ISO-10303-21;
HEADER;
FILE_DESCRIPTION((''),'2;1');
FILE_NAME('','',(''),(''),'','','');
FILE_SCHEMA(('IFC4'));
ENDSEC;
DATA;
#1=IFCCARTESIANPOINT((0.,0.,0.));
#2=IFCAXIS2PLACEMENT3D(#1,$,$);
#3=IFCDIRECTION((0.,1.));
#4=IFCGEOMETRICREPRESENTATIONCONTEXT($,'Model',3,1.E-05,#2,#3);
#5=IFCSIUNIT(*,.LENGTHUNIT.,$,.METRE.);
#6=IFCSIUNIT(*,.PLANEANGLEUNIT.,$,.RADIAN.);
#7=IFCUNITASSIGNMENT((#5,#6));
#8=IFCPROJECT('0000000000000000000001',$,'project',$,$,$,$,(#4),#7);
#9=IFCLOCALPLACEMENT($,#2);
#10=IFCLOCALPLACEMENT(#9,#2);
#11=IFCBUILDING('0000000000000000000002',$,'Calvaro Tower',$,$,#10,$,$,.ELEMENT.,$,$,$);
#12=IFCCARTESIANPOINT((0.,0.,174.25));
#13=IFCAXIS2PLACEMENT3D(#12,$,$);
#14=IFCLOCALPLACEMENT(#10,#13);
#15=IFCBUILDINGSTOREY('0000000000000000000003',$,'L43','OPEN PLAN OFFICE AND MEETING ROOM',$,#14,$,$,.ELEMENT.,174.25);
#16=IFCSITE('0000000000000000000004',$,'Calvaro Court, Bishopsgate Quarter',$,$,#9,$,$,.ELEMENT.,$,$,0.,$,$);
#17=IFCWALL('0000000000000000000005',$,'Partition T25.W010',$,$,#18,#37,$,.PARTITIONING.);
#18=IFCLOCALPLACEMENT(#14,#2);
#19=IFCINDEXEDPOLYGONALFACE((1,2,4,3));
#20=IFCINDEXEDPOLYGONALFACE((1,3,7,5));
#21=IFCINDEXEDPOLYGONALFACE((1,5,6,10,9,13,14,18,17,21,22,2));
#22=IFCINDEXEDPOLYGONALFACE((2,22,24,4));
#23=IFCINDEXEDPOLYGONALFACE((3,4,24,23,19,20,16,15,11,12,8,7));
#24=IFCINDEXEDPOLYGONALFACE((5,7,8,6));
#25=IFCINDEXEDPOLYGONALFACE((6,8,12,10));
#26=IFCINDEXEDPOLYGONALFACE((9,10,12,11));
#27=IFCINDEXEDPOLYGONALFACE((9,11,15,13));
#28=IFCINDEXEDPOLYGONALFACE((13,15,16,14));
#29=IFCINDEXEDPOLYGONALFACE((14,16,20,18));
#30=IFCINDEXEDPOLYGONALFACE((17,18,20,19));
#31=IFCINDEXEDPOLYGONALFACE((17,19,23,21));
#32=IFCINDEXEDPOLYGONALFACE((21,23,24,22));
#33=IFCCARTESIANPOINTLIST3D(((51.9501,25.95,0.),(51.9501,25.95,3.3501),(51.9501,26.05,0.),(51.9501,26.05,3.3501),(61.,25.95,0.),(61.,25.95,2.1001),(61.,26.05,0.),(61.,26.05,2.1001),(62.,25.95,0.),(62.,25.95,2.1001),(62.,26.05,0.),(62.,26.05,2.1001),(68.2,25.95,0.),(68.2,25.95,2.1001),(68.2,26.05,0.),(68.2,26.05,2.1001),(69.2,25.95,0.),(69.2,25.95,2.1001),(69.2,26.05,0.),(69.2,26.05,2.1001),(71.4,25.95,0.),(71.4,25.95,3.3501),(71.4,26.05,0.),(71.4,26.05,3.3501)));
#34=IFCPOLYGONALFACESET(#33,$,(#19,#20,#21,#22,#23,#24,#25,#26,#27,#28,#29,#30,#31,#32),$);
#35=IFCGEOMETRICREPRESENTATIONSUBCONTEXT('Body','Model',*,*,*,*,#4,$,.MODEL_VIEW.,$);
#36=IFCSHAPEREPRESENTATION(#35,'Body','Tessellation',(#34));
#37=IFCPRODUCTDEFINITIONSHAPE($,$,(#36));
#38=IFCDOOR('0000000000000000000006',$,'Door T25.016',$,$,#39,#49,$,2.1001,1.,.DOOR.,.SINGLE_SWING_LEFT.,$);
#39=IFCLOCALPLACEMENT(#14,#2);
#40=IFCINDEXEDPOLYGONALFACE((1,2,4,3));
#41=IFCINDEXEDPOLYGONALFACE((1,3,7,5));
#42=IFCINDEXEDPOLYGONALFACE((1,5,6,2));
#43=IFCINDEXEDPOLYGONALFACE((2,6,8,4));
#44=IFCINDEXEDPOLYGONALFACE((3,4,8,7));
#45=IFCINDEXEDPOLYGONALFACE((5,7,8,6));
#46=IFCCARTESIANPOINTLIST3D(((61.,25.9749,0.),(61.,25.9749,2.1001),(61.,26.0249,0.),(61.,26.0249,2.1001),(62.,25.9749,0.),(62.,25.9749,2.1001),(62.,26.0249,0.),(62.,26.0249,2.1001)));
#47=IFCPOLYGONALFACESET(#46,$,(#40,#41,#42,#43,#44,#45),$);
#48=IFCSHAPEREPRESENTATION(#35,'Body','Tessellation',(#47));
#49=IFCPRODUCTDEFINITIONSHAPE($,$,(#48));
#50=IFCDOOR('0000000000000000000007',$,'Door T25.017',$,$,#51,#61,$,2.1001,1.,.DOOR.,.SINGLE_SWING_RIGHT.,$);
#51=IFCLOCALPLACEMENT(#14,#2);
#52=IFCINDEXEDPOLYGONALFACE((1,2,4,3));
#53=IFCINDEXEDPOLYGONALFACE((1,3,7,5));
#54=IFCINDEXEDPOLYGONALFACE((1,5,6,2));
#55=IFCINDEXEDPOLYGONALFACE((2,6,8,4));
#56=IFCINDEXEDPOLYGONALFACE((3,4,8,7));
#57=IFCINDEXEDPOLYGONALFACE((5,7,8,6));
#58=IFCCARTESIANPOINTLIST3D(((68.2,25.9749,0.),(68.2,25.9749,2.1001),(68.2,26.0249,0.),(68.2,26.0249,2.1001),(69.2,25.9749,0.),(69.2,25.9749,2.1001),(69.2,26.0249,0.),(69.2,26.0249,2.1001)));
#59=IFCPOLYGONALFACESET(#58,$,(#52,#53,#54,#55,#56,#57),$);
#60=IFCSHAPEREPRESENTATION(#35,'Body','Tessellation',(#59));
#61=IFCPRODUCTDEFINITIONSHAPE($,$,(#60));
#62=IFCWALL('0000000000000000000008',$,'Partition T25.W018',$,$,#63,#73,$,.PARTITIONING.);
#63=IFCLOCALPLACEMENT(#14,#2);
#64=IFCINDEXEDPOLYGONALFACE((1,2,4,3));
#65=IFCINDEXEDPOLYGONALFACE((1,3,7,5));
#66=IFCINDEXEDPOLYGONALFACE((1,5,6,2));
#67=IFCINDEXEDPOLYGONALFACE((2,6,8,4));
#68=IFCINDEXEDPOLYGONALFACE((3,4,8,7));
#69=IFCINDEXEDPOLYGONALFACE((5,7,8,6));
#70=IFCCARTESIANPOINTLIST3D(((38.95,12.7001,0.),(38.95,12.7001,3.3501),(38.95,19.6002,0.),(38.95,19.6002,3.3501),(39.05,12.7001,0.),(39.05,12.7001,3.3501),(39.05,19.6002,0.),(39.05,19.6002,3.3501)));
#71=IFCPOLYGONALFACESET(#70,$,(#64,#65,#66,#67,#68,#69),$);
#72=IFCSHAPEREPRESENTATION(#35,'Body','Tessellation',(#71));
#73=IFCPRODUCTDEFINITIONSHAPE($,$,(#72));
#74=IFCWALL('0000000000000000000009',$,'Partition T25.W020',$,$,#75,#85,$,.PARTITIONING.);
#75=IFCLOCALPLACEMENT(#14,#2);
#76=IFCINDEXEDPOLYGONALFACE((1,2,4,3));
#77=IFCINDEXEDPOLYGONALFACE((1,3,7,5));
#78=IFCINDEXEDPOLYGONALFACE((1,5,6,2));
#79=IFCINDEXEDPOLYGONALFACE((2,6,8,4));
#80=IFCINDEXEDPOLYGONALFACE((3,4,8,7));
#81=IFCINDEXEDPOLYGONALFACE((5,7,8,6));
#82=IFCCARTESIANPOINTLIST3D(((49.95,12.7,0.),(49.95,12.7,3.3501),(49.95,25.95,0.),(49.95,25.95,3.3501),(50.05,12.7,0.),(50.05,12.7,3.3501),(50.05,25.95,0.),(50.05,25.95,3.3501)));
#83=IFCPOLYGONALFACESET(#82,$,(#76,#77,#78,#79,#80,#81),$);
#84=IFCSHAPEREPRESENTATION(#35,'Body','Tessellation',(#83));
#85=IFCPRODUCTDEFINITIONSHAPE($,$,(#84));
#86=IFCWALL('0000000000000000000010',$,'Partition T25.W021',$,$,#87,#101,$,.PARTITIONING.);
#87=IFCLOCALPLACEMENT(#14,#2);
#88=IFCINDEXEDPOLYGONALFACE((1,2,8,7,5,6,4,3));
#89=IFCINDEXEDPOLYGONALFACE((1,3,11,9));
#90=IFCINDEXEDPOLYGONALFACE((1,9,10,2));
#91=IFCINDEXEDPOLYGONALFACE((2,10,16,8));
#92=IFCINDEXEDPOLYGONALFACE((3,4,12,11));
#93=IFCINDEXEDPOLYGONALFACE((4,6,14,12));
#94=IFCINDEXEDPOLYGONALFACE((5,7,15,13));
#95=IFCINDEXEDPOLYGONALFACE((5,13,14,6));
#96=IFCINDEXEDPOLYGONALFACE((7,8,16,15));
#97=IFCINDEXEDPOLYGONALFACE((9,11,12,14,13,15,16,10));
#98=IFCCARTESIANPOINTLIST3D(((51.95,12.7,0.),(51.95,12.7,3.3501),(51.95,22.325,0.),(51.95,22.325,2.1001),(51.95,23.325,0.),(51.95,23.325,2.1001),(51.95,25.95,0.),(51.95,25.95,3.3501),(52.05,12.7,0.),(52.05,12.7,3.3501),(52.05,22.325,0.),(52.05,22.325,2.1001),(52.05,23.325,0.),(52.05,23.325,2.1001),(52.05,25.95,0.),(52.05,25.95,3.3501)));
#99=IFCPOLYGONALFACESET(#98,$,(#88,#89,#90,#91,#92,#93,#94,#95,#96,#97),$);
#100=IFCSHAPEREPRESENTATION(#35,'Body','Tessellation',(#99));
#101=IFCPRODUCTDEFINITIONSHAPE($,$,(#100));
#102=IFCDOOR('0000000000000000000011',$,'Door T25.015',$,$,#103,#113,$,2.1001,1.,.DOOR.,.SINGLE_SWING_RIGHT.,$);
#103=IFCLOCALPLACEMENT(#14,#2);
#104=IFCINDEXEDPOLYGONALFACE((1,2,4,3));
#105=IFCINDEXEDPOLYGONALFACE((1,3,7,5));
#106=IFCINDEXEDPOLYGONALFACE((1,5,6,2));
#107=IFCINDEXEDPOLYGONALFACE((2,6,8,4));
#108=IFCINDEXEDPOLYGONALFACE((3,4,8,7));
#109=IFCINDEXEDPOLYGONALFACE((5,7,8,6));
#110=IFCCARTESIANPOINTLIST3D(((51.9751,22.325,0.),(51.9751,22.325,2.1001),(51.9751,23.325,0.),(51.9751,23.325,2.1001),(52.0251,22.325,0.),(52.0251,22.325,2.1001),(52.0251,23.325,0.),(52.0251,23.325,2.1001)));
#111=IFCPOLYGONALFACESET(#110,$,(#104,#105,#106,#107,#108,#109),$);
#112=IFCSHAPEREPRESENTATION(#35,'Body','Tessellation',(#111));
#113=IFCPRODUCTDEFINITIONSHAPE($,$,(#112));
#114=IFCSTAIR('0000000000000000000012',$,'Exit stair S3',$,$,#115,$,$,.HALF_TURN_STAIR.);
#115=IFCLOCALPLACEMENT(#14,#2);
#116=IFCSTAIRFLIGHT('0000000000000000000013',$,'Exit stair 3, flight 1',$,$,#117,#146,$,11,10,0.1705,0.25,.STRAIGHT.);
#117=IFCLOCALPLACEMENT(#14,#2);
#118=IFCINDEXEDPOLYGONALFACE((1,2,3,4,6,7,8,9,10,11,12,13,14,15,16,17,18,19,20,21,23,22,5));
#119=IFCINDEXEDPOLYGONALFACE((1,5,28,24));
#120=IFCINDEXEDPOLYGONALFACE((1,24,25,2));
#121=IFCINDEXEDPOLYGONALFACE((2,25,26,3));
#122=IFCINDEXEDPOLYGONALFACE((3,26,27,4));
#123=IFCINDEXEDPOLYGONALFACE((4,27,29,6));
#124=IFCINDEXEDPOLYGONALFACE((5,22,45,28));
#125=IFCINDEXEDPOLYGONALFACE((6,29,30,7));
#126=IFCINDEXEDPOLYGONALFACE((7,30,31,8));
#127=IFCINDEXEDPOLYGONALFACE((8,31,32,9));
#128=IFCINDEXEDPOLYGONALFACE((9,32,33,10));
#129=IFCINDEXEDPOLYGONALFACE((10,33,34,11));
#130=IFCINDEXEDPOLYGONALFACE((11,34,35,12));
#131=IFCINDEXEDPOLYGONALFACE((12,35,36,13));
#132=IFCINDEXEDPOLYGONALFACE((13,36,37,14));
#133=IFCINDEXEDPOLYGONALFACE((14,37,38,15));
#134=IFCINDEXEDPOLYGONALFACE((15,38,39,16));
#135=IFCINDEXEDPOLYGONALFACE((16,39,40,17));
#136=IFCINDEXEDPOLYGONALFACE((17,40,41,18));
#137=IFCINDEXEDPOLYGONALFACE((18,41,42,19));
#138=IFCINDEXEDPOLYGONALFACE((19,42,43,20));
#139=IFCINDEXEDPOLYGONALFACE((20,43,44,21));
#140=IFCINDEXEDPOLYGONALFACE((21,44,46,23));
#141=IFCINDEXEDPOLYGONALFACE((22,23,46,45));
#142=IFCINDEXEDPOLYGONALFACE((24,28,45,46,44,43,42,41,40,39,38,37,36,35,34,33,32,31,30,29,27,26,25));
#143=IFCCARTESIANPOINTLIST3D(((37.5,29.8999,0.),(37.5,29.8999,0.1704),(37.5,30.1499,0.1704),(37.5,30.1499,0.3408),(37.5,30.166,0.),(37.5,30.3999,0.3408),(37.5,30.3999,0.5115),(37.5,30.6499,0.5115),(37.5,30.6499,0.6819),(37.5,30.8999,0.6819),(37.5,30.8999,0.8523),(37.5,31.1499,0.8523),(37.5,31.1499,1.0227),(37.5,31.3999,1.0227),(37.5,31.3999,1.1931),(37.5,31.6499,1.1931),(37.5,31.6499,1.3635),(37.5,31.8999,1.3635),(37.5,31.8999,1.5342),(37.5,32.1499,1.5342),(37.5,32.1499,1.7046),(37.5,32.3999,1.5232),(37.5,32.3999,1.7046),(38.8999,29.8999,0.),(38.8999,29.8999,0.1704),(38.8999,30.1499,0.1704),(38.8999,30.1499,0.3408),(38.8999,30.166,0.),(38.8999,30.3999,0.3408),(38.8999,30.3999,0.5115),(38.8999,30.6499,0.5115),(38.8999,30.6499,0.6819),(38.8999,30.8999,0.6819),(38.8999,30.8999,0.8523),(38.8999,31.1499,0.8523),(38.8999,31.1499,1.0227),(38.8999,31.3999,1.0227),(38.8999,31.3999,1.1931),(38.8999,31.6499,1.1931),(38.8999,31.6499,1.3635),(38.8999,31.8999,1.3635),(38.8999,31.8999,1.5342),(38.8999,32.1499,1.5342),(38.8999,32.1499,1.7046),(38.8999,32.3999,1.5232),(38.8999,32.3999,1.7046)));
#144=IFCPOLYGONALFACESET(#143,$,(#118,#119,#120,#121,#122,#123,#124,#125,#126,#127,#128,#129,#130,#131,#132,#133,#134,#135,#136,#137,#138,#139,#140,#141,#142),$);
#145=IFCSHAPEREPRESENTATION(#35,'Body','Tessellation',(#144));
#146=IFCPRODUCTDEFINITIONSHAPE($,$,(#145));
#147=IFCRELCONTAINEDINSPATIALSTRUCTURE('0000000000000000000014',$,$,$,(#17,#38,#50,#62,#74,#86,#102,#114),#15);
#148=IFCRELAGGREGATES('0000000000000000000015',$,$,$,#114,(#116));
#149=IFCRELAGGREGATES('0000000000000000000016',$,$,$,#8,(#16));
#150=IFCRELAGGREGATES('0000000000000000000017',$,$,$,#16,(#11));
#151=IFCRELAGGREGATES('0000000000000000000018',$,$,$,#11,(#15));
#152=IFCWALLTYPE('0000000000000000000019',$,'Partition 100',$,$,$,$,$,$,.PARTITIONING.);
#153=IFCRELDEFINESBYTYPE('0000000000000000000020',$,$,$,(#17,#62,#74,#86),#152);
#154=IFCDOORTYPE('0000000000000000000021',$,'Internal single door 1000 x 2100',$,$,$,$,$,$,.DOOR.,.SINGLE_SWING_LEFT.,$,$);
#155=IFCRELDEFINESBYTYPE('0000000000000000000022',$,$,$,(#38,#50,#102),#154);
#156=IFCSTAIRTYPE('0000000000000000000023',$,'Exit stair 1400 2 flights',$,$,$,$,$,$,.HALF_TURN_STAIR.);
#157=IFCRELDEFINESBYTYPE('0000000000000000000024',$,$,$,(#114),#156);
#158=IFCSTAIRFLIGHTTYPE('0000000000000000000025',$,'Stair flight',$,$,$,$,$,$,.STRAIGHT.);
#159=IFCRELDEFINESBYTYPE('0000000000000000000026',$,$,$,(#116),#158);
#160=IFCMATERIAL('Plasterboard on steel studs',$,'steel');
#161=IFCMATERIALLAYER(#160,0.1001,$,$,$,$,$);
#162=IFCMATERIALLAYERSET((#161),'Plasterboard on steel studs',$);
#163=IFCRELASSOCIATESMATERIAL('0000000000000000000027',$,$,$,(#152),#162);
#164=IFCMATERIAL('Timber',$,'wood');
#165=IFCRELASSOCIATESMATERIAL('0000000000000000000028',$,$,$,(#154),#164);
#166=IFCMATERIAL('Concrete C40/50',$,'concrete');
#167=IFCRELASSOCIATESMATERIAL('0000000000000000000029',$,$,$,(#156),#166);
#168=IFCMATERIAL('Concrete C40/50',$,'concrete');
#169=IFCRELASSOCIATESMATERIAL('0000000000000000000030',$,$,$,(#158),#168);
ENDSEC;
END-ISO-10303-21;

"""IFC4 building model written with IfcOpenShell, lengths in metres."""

from ifc_helpers import new_model, si_unit, direction, frame, frame_2d, origin, place, context, subcontext, project, spatial, polyline, rectangle, outline, extrude, material, layer, layer_set, type_object, element, fill, aggregate, save


model = new_model("IFC4")

# Units and contexts
model_context = context("Model", 3, precision=1e-05, world=origin(), true_north=direction((0.0, 1.0)))
body_context = subcontext(model_context, "Body", "Model", "MODEL_VIEW")
ifc_project = project(units=[si_unit("LENGTHUNIT", "METRE"), si_unit("PLANEANGLEUNIT", "RADIAN")], contexts=[model_context])

# Site, building, storey
site_placement = place(None, origin())
site = spatial("IfcSite", under=ifc_project, at=site_placement, Name="Calvaro Court, Bishopsgate Quarter", CompositionType="ELEMENT", RefElevation=0.0)
building_placement = place(site_placement, origin())
building = spatial("IfcBuilding", under=site, at=building_placement, Name="Calvaro Tower", CompositionType="ELEMENT")
storey_placement = place(building_placement, frame((0.0, 0.0, 174.25)))
storey = spatial("IfcBuildingStorey", under=building, at=storey_placement, Name="L43", Description="OPEN PLAN OFFICE AND MEETING ROOM", CompositionType="ELEMENT", Elevation=174.25)

# Shared definitions
ifc_material_1 = material(Name="Plasterboard on steel studs", Category="steel")
ifc_layer_1 = layer(ifc_material_1, 0.1001)
ifc_layer_set_1 = layer_set([ifc_layer_1], Name="Plasterboard on steel studs")
wall_type_1 = type_object("IfcWallType", Name="Partition 100", PredefinedType="PARTITIONING", material=ifc_layer_set_1)

# Wall, openings, doors
wall_1_placement = place(storey_placement, frame((51.95, 26.0, 0.0), z_axis=(0.0, 0.0, 1.0), x_axis=(1.0, 0.0, 0.0)))
wall_1 = element("IfcWall", 1, at=wall_1_placement, inside=storey, type_object=wall_type_1, Name="Partition T25.W010", PredefinedType="PARTITIONING", context=body_context, shape_type="SweptSolid", body=[
    extrude(rectangle(XDim=19.45, YDim=0.1001, at=frame_2d((9.7251, 0.0))), origin(), (0.0, 0.0, 1.0), 3.3501),
])
opening_1_placement = place(wall_1_placement, frame((9.05, 0.0, 0.0)))
opening_1 = element("IfcOpeningElement", 2, at=opening_1_placement, cuts=wall_1, PredefinedType="OPENING", context=body_context, shape_type="SweptSolid", body=[
    extrude(rectangle(XDim=1.0, YDim=2.1001, at=frame_2d((0.5, 1.05))), frame((0.0, 0.0601, 0.0), z_axis=(0.0, -1.0, 0.0), x_axis=(1.0, 0.0, 0.0)), (0.0, 0.0, 1.0), 0.1201),
])
opening_2_placement = place(wall_1_placement, frame((16.25, 0.0, 0.0)))
opening_2 = element("IfcOpeningElement", 3, at=opening_2_placement, cuts=wall_1, PredefinedType="OPENING", context=body_context, shape_type="SweptSolid", body=[
    extrude(rectangle(XDim=1.0, YDim=2.1001, at=frame_2d((0.5, 1.05))), frame((0.0, 0.0601, 0.0), z_axis=(0.0, -1.0, 0.0), x_axis=(1.0, 0.0, 0.0)), (0.0, 0.0, 1.0), 0.1201),
])
ifc_material_2 = material(Name="Timber", Category="wood")
door_type_1 = type_object("IfcDoorType", Name="Internal single door 1000 x 2100", OperationType="SINGLE_SWING_LEFT", PredefinedType="DOOR", material=ifc_material_2)
door_1_placement = place(opening_1_placement, origin())
door_1 = element("IfcDoor", 4, at=door_1_placement, inside=storey, type_object=door_type_1, Name="Door T25.016", OperationType="SINGLE_SWING_LEFT", OverallHeight=2.1001, OverallWidth=1.0, PredefinedType="DOOR", context=body_context, shape_type="SweptSolid", body=[
    extrude(rectangle(XDim=1.0, YDim=2.1001, at=frame_2d((0.5, 1.05))), frame((0.0, 0.0249, 0.0), z_axis=(0.0, -1.0, 0.0), x_axis=(1.0, 0.0, 0.0)), (0.0, 0.0, 1.0), 0.05),
])
fill(opening_1, door_1)
door_2_placement = place(opening_2_placement, origin())
door_2 = element("IfcDoor", 5, at=door_2_placement, inside=storey, type_object=door_type_1, Name="Door T25.017", OperationType="SINGLE_SWING_RIGHT", OverallHeight=2.1001, OverallWidth=1.0, PredefinedType="DOOR", context=body_context, shape_type="SweptSolid", body=[
    extrude(rectangle(XDim=1.0, YDim=2.1001, at=frame_2d((0.5, 1.05))), frame((0.0, 0.0249, 0.0), z_axis=(0.0, -1.0, 0.0), x_axis=(1.0, 0.0, 0.0)), (0.0, 0.0, 1.0), 0.05),
])
fill(opening_2, door_2)

# Walls
wall_2_placement = place(storey_placement, frame((39.0, 12.7, 0.0), z_axis=(0.0, 0.0, 1.0), x_axis=(0.0, 1.0, 0.0)))
element("IfcWall", 6, at=wall_2_placement, inside=storey, type_object=wall_type_1, Name="Partition T25.W018", PredefinedType="PARTITIONING", context=body_context, shape_type="SweptSolid", body=[
    extrude(rectangle(XDim=6.9001, YDim=0.1001, at=frame_2d((3.4502, 0.0))), origin(), (0.0, 0.0, 1.0), 3.3501),
])
wall_3_placement = place(storey_placement, frame((50.0, 12.7, 0.0), z_axis=(0.0, 0.0, 1.0), x_axis=(0.0, 1.0, 0.0)))
element("IfcWall", 7, at=wall_3_placement, inside=storey, type_object=wall_type_1, Name="Partition T25.W020", PredefinedType="PARTITIONING", context=body_context, shape_type="SweptSolid", body=[
    extrude(rectangle(XDim=13.25, YDim=0.1001, at=frame_2d((6.625, 0.0))), origin(), (0.0, 0.0, 1.0), 3.3501),
])

# Wall, opening, door
wall_4_placement = place(storey_placement, frame((52.0, 12.7, 0.0), z_axis=(0.0, 0.0, 1.0), x_axis=(0.0, 1.0, 0.0)))
wall_4 = element("IfcWall", 8, at=wall_4_placement, inside=storey, type_object=wall_type_1, Name="Partition T25.W021", PredefinedType="PARTITIONING", context=body_context, shape_type="SweptSolid", body=[
    extrude(rectangle(XDim=13.25, YDim=0.1001, at=frame_2d((6.625, 0.0))), origin(), (0.0, 0.0, 1.0), 3.3501),
])
opening_3_placement = place(wall_4_placement, frame((9.625, 0.0, 0.0)))
opening_3 = element("IfcOpeningElement", 9, at=opening_3_placement, cuts=wall_4, PredefinedType="OPENING", context=body_context, shape_type="SweptSolid", body=[
    extrude(rectangle(XDim=1.0, YDim=2.1001, at=frame_2d((0.5, 1.05))), frame((0.0, 0.0601, 0.0), z_axis=(0.0, -1.0, 0.0), x_axis=(1.0, 0.0, 0.0)), (0.0, 0.0, 1.0), 0.1201),
])
door_3_placement = place(opening_3_placement, origin())
door_3 = element("IfcDoor", 10, at=door_3_placement, inside=storey, type_object=door_type_1, Name="Door T25.015", OperationType="SINGLE_SWING_RIGHT", OverallHeight=2.1001, OverallWidth=1.0, PredefinedType="DOOR", context=body_context, shape_type="SweptSolid", body=[
    extrude(rectangle(XDim=1.0, YDim=2.1001, at=frame_2d((0.5, 1.05))), frame((0.0, 0.0249, 0.0), z_axis=(0.0, -1.0, 0.0), x_axis=(1.0, 0.0, 0.0)), (0.0, 0.0, 1.0), 0.05),
])
fill(opening_3, door_3)

# Stair, stair flight
ifc_material_3 = material(Name="Concrete C40/50", Category="concrete")
stair_type = type_object("IfcStairType", Name="Exit stair 1400 2 flights", PredefinedType="HALF_TURN_STAIR", material=ifc_material_3)
stair_placement = place(storey_placement, origin())
stair = element("IfcStair", 11, at=stair_placement, inside=storey, type_object=stair_type, Name="Exit stair S3", PredefinedType="HALF_TURN_STAIR")
ifc_material_4 = material(Name="Concrete C40/50", Category="concrete")
stair_flight_type = type_object("IfcStairFlightType", Name="Stair flight", PredefinedType="STRAIGHT", material=ifc_material_4)
stair_flight_placement = place(storey_placement, frame((38.2, 29.8999, 0.0), z_axis=(0.0, 0.0, 1.0), x_axis=(0.0, 1.0, 0.0)))
stair_flight = element("IfcStairFlight", 12, at=stair_flight_placement, type_object=stair_flight_type, Name="Exit stair 3, flight 1", NumberOfRisers=11, NumberOfTreads=10, PredefinedType="STRAIGHT", RiserHeight=0.1705, TreadLength=0.25, context=body_context, shape_type="SweptSolid", body=[
    extrude(outline(polyline([(0.0, 0.0), (0.0, 0.1704), (0.25, 0.1704), (0.25, 0.3408), (0.5, 0.3408), (0.5, 0.5115), (0.75, 0.5115), (0.75, 0.6819), (1.0, 0.6819), (1.0, 0.8523), (1.25, 0.8523), (1.25, 1.0227), (1.5, 1.0227), (1.5, 1.1931), (1.75, 1.1931), (1.75, 1.3635), (2.0, 1.3635), (2.0, 1.5342), (2.25, 1.5342), (2.25, 1.7046), (2.5, 1.7046), (2.5, 1.875), (2.5, 1.5232), (0.2661, 0.0), (0.0, 0.0)])), frame((0.0, 0.7, 0.0), z_axis=(0.0, -1.0, 0.0), x_axis=(1.0, 0.0, 0.0)), (0.0, 0.0, 1.0), 1.3999),
])
aggregate(stair, [stair_flight])

save(model, "model.ifc")
